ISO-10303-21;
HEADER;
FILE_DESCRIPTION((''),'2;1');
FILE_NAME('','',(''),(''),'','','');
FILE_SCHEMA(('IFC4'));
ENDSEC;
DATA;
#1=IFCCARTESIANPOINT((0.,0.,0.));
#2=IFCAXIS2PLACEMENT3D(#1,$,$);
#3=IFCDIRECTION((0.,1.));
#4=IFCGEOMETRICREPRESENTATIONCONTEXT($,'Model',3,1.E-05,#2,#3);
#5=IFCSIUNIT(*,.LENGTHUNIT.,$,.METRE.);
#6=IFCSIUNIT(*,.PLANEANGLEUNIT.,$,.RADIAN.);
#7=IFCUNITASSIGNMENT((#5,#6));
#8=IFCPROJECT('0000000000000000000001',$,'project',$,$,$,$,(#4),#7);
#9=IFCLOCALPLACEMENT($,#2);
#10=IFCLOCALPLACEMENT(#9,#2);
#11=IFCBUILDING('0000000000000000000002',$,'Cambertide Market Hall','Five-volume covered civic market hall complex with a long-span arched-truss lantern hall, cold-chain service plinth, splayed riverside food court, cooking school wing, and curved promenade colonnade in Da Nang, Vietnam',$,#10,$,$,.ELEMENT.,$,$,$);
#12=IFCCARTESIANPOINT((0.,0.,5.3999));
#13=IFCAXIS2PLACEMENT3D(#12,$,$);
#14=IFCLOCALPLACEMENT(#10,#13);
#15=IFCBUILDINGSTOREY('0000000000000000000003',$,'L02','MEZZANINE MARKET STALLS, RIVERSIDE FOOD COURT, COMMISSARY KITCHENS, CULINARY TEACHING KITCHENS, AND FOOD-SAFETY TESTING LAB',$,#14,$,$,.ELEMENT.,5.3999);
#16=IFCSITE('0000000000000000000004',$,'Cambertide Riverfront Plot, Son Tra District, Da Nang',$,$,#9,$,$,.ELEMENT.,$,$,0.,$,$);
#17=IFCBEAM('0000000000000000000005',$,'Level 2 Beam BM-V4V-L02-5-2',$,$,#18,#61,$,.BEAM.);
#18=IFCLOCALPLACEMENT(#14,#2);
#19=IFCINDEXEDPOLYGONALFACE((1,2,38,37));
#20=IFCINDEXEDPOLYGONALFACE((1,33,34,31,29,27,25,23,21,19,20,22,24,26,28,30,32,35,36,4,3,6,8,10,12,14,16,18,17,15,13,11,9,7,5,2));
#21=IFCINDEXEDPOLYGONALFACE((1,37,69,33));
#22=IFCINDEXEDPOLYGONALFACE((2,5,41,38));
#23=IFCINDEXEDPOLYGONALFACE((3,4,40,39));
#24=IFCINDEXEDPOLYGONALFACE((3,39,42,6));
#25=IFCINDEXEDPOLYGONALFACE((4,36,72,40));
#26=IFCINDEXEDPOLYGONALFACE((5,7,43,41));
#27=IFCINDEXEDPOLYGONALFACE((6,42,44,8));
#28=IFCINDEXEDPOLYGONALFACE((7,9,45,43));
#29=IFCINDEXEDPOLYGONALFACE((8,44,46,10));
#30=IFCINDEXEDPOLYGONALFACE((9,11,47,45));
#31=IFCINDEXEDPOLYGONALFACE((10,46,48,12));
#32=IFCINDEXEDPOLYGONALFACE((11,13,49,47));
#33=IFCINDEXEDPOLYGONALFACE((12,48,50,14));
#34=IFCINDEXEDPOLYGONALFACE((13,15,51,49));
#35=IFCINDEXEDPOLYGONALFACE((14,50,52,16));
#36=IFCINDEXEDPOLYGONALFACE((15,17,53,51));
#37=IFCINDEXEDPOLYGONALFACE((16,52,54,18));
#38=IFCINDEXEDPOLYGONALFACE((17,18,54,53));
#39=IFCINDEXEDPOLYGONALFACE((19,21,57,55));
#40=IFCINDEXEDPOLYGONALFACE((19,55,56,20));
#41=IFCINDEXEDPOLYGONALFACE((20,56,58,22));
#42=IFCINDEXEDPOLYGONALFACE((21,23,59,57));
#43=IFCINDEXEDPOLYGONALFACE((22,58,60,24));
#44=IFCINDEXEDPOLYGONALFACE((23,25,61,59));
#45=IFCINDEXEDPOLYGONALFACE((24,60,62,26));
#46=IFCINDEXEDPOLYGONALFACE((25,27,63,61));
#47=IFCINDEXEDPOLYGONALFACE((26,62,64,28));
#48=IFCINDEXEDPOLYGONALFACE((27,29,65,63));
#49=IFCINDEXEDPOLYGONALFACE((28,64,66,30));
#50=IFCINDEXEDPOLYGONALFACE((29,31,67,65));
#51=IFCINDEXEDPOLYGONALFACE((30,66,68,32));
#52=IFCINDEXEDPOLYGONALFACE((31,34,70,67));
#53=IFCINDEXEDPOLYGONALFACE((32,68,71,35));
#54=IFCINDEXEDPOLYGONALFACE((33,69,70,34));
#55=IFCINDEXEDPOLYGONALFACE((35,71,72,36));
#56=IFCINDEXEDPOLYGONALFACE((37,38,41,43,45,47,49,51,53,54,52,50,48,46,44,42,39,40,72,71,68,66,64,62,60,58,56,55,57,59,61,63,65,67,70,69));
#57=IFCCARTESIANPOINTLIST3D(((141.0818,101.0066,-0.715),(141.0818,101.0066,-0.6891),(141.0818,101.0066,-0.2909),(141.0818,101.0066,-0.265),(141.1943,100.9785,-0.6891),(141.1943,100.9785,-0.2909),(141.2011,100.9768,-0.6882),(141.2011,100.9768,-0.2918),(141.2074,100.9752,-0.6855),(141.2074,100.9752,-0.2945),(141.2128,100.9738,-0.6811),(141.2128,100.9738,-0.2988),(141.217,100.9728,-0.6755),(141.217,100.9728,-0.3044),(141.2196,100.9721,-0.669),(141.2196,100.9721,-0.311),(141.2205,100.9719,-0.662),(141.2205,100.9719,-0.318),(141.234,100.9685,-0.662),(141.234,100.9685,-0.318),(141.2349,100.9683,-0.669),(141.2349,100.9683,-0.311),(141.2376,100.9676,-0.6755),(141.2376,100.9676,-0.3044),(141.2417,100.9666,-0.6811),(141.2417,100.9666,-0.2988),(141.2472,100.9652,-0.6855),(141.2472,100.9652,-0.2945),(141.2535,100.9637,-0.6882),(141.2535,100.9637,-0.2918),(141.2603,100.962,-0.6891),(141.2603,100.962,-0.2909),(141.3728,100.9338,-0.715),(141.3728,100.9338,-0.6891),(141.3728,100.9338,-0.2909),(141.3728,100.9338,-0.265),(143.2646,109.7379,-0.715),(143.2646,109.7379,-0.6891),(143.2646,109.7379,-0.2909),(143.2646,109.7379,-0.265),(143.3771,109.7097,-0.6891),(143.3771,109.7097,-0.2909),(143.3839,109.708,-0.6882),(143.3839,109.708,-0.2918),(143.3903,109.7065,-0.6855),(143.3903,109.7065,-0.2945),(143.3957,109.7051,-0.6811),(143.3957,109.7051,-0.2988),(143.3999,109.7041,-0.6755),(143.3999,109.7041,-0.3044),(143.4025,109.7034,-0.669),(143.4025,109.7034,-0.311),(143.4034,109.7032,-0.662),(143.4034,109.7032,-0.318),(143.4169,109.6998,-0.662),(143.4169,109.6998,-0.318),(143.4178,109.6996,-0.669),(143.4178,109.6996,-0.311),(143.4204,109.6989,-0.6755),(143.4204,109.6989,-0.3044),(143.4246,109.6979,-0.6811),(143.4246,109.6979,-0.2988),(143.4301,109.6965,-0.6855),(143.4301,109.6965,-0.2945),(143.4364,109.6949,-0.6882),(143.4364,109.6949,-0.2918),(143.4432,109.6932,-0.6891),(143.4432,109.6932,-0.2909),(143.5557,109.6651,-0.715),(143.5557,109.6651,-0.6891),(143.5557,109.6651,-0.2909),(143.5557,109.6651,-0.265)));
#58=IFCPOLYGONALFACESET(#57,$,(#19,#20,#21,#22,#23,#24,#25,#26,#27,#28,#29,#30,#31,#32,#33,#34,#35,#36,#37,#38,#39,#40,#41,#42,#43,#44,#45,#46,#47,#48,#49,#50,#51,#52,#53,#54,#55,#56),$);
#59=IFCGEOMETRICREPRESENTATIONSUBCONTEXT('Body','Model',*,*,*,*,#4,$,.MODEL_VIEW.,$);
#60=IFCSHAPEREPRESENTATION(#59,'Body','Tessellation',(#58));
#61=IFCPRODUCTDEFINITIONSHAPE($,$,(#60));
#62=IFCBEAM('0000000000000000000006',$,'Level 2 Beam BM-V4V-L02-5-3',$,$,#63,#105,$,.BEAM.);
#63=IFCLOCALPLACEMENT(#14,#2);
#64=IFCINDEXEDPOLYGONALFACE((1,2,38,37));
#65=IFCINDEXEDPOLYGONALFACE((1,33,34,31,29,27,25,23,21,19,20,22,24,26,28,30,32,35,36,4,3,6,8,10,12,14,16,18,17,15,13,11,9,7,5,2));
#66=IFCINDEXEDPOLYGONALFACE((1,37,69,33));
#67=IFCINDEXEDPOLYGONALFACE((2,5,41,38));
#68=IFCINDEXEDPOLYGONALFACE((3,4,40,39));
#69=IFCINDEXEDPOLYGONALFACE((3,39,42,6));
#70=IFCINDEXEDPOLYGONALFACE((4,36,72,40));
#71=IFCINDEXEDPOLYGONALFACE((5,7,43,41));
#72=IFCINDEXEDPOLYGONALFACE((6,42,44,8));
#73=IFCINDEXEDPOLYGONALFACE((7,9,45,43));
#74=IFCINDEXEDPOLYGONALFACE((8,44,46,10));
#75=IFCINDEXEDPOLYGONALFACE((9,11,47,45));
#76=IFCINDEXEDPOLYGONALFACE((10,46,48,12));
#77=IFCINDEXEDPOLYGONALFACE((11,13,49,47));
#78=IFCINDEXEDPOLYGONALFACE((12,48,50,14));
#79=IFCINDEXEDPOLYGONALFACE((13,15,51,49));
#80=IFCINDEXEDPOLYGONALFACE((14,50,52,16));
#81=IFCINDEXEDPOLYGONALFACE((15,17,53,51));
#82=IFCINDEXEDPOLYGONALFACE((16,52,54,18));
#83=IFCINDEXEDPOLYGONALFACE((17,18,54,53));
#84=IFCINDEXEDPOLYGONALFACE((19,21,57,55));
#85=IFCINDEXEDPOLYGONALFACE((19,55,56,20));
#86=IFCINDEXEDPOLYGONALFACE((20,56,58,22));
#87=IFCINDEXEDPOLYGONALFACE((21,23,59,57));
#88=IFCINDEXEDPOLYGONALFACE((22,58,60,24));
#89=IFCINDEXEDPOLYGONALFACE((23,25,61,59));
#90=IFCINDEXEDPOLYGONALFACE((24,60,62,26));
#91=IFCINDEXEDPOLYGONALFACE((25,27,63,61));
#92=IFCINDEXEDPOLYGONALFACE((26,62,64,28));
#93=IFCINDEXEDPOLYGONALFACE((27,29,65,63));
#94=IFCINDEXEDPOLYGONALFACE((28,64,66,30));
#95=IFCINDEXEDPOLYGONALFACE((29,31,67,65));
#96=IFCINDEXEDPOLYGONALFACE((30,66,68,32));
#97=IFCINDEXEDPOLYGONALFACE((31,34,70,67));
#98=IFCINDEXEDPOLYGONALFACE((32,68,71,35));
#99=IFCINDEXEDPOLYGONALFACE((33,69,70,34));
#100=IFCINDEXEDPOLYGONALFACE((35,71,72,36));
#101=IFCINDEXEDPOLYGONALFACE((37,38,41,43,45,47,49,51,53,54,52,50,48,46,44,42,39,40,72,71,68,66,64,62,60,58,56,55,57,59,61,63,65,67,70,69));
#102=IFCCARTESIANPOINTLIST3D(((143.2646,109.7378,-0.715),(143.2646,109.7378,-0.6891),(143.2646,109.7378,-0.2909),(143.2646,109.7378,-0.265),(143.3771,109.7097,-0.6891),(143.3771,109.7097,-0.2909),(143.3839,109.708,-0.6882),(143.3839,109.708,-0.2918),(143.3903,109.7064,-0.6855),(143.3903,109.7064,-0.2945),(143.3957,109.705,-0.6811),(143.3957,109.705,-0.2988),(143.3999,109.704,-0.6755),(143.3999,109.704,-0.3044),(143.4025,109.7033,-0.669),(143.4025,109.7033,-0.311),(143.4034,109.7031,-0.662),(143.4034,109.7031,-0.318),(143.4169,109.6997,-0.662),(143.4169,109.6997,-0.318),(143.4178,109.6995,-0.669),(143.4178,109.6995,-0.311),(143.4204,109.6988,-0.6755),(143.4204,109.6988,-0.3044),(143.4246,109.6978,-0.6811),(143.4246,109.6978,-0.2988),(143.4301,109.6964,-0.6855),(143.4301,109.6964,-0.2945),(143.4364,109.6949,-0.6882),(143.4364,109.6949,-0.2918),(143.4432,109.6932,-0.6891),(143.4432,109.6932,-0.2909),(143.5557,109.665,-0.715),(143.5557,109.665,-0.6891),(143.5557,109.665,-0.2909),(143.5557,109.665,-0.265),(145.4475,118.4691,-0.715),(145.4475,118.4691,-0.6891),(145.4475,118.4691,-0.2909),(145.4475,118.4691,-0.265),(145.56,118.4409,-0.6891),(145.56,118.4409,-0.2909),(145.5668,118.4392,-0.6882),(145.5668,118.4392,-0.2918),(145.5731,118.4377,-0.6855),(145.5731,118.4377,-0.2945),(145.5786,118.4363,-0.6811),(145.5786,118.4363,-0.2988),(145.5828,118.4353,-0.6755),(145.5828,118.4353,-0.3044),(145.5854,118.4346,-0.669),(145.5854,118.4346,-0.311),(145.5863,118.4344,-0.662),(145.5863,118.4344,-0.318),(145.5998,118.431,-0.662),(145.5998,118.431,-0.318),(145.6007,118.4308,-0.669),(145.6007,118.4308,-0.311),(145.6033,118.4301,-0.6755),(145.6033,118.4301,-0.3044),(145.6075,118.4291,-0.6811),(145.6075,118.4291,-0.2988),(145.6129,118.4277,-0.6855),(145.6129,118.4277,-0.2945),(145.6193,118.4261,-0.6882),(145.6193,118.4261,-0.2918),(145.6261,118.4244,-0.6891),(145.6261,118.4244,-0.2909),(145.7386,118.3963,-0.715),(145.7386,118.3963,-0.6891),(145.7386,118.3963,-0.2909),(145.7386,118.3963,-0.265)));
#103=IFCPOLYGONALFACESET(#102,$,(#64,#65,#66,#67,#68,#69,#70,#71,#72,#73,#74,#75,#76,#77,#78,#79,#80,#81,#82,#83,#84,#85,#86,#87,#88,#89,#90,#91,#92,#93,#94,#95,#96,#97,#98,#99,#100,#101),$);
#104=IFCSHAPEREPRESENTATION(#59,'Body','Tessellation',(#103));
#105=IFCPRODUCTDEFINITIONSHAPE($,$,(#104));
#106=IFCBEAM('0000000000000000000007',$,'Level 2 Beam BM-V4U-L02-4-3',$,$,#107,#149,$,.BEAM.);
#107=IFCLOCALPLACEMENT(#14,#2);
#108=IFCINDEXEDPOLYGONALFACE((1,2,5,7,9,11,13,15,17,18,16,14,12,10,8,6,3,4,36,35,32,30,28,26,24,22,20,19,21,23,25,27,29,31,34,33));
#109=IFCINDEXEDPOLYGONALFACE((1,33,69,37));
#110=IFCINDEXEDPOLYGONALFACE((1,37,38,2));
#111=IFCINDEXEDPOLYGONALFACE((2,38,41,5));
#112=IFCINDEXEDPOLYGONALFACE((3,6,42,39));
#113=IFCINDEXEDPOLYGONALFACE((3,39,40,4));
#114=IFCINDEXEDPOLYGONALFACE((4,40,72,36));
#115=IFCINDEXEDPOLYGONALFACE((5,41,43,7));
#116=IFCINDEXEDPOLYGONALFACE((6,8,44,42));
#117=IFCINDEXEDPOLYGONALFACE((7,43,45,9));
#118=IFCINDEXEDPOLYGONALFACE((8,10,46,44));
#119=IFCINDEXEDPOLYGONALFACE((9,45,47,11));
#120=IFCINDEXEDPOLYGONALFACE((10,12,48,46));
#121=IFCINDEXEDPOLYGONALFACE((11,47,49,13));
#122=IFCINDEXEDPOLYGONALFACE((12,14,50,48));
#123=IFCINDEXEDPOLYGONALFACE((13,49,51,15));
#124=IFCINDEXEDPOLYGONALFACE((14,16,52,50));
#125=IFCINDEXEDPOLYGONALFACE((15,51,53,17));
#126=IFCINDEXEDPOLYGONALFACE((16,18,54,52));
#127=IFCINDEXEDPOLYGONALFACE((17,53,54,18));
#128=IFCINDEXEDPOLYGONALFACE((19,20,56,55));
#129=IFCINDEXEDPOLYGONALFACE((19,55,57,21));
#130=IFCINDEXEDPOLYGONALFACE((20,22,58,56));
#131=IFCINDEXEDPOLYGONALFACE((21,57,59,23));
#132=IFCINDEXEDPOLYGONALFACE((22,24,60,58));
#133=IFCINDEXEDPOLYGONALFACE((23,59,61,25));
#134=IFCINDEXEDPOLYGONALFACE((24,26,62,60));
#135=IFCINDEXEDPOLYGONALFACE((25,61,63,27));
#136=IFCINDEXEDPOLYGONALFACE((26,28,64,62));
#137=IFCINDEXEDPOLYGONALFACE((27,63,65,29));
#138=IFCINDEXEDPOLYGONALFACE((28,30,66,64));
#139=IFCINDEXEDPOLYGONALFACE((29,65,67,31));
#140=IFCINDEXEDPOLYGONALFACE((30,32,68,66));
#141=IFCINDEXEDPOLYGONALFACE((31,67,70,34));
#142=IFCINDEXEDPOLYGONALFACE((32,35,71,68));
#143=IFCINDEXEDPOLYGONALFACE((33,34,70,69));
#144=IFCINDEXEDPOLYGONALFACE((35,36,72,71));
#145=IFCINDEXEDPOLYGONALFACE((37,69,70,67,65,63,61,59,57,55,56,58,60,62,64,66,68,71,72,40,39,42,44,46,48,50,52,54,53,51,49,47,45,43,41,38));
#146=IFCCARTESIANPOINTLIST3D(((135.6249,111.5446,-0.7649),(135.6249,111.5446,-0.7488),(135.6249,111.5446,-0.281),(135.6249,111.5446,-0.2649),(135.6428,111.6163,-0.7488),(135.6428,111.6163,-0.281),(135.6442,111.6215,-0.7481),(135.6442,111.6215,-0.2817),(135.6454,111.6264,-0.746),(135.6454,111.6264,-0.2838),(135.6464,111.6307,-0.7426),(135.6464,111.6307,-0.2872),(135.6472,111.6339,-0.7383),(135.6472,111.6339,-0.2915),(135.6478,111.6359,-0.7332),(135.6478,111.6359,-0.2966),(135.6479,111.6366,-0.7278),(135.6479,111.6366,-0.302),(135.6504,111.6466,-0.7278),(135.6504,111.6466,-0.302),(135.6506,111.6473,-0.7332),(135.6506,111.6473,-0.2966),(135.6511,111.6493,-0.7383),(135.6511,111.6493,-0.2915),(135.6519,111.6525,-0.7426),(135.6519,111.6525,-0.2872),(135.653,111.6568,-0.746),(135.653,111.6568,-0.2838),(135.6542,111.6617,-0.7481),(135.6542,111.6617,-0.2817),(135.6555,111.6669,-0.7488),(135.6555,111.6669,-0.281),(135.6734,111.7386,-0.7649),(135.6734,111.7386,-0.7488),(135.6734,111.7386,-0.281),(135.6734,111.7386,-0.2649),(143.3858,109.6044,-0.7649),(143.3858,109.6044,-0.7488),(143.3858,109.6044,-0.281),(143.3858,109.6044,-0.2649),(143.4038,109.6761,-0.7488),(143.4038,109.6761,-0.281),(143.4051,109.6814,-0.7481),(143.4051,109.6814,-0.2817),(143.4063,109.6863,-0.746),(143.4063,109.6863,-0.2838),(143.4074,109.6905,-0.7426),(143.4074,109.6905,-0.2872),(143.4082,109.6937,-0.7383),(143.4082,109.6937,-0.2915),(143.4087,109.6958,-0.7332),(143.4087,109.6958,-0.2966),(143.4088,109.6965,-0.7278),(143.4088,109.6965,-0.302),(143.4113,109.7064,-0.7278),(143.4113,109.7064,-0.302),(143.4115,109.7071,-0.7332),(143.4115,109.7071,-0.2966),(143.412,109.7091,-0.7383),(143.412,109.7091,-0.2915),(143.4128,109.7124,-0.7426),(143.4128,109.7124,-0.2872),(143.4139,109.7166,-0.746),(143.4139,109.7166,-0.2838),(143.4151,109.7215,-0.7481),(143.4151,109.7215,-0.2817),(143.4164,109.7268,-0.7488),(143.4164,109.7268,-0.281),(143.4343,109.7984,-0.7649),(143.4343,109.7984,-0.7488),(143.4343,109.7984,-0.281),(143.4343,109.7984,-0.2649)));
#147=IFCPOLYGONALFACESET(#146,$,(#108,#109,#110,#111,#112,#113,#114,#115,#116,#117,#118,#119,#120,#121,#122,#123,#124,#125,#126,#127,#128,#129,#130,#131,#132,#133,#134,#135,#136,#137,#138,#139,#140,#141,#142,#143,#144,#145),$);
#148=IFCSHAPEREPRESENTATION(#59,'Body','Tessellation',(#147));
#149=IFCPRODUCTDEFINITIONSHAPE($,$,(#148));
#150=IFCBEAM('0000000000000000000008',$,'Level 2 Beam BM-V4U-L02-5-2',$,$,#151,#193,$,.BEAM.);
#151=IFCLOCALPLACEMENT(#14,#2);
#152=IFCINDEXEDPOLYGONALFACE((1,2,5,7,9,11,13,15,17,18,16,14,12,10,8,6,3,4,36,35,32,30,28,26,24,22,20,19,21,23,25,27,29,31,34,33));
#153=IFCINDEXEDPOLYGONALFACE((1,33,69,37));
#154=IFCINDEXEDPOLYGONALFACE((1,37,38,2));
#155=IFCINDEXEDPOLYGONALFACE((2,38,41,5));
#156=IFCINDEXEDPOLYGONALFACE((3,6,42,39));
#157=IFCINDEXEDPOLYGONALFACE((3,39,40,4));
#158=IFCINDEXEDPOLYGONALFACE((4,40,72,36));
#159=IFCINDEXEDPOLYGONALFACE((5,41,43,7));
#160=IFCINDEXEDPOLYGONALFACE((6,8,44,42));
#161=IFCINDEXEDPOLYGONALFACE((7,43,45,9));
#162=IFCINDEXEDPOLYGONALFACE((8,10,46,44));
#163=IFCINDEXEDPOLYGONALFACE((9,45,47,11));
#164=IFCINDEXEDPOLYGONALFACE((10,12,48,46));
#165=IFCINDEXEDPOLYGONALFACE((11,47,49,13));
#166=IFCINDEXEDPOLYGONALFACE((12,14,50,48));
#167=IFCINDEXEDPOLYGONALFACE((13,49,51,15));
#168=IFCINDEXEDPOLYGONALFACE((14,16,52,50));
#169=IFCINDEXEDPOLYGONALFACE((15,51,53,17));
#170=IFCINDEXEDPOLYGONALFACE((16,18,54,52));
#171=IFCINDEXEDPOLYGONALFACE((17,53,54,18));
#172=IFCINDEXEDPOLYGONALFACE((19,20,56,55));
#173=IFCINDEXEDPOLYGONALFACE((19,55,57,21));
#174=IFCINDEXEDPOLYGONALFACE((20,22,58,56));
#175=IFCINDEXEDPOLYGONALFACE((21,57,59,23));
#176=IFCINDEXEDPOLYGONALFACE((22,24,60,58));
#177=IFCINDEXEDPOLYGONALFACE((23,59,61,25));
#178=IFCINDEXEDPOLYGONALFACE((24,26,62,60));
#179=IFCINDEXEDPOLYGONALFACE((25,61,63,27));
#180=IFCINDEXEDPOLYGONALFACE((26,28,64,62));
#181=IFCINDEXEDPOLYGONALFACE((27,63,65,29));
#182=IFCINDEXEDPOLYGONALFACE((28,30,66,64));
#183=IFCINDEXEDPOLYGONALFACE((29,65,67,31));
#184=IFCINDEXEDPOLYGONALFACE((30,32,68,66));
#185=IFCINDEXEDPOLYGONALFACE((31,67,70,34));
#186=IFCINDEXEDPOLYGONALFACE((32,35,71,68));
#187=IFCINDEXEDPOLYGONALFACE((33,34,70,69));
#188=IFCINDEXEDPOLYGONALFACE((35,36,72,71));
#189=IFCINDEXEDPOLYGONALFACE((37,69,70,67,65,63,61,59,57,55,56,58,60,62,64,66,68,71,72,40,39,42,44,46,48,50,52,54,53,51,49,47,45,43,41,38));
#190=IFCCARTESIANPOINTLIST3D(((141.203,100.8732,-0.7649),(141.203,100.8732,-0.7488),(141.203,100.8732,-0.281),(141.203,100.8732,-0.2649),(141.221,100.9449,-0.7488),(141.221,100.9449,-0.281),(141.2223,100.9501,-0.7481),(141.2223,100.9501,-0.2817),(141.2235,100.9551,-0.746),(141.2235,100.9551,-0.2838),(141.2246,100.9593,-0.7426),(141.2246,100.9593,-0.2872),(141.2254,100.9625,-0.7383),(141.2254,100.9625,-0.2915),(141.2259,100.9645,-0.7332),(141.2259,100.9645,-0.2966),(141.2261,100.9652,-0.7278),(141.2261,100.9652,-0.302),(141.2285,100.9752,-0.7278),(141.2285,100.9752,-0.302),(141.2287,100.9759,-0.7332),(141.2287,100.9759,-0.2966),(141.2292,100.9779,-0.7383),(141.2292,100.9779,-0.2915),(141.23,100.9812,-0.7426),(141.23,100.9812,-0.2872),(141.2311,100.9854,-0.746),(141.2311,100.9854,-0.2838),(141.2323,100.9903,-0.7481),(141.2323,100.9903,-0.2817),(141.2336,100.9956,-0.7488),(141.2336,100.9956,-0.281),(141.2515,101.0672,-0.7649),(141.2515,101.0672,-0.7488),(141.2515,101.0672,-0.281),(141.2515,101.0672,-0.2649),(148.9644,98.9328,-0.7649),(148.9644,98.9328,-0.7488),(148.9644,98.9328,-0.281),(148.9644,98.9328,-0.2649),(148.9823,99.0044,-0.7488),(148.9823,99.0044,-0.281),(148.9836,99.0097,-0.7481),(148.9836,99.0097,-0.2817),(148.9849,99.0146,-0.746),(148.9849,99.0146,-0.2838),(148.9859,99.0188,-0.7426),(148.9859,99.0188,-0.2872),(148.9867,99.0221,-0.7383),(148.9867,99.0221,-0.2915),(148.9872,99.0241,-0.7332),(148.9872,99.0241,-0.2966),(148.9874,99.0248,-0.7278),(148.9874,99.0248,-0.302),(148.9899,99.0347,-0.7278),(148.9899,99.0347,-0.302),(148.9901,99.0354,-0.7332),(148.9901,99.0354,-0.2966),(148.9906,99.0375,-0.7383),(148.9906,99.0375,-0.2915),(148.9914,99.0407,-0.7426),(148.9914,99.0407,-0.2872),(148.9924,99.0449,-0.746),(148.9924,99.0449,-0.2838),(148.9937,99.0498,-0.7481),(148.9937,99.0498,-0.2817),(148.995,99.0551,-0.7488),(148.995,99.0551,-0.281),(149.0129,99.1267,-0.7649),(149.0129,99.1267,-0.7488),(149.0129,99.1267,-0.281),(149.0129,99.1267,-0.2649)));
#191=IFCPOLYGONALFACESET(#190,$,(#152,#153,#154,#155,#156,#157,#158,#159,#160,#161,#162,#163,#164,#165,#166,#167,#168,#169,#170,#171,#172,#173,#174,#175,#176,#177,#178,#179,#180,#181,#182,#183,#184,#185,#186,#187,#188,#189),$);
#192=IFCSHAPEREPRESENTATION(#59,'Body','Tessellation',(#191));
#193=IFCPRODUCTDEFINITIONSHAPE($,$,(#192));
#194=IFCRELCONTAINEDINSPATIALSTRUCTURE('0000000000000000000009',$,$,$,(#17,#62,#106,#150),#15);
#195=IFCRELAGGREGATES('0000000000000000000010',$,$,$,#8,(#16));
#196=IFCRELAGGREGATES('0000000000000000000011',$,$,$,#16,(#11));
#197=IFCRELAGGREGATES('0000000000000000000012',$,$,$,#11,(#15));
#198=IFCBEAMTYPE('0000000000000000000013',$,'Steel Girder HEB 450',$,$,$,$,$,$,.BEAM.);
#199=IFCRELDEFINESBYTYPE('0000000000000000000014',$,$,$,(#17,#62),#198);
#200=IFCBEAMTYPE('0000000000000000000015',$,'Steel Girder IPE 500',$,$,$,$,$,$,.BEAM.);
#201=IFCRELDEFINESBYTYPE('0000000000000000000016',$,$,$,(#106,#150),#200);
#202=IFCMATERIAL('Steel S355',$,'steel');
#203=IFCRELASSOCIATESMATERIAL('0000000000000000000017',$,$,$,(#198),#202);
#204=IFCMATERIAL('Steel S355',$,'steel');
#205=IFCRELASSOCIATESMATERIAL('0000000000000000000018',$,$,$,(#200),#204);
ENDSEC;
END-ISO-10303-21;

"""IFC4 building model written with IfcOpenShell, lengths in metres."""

from ifc_helpers import new_model, si_unit, direction, frame, origin, origin_2d, place, context, subcontext, project, spatial, i_section, extrude, material, material_profile, profile_set, type_object, element, save


model = new_model("IFC4")

# Units and contexts
model_context = context("Model", 3, precision=1e-05, world=origin(), true_north=direction((0.0, 1.0)))
body_context = subcontext(model_context, "Body", "Model", "MODEL_VIEW")
ifc_project = project(units=[si_unit("LENGTHUNIT", "METRE"), si_unit("PLANEANGLEUNIT", "RADIAN")], contexts=[model_context])

# Site, building, storey
site_placement = place(None, origin())
site = spatial("IfcSite", under=ifc_project, at=site_placement, Name="Cambertide Riverfront Plot, Son Tra District, Da Nang", CompositionType="ELEMENT", RefElevation=0.0)
building_placement = place(site_placement, origin())
building = spatial("IfcBuilding", under=site, at=building_placement, Name="Cambertide Market Hall", Description="Five-volume covered civic market hall complex with a long-span arched-truss lantern hall, cold-chain service plinth, splayed riverside food court, cooking school wing, and curved promenade colonnade in Da Nang, Vietnam", CompositionType="ELEMENT")
storey_placement = place(building_placement, frame((0.0, 0.0, 5.3999)))
storey = spatial("IfcBuildingStorey", under=building, at=storey_placement, Name="L02", Description="MEZZANINE MARKET STALLS, RIVERSIDE FOOD COURT, COMMISSARY KITCHENS, CULINARY TEACHING KITCHENS, AND FOOD-SAFETY TESTING LAB", CompositionType="ELEMENT", Elevation=5.3999)

# Beams
ifc_material_1 = material(Name="Steel S355", Category="steel")
ifc_material_profile_1 = material_profile(ifc_material_1, i_section(OverallWidth=0.3, OverallDepth=0.45, WebThickness=0.0139, FlangeThickness=0.0259, FilletRadius=0.0271, at=origin_2d()), Name="HEB 450")
ifc_profile_set_1 = profile_set([ifc_material_profile_1], Name="Steel S355")
beam_type_1 = type_object("IfcBeamType", Name="Steel Girder HEB 450", PredefinedType="BEAM", material=ifc_profile_set_1)
for number, where, z_axis, x_axis, name in (
    (1, (141.2273, 100.9702, -0.49), (0.242542, 0.970141, 0.0), (-0.970141, 0.242542, 0.0), "Level 2 Beam BM-V4V-L02-5-2"),
    (2, (143.4102, 109.7014, -0.49), (0.242542, 0.970141, 0.0), (-0.970141, 0.242542, 0.0), "Level 2 Beam BM-V4V-L02-5-3"),
):
    element("IfcBeam", number, at=place(storey_placement, frame(where, z_axis=z_axis, x_axis=x_axis)), inside=storey, type_object=beam_type_1, Name=name, PredefinedType="BEAM", context=body_context, shape_type="SweptSolid", body=[
        extrude(i_section(OverallWidth=0.3, OverallDepth=0.45, WebThickness=0.0139, FlangeThickness=0.0259, FilletRadius=0.0271, at=origin_2d()), origin(), (0.0, 0.0, 1.0), 9.0),
    ])
ifc_material_2 = material(Name="Steel S355", Category="steel")
ifc_material_profile_2 = material_profile(ifc_material_2, i_section(OverallWidth=0.2, OverallDepth=0.5, WebThickness=0.0103, FlangeThickness=0.0161, FilletRadius=0.021, at=origin_2d()), Name="IPE 500")
ifc_profile_set_2 = profile_set([ifc_material_profile_2], Name="Steel S355")
beam_type_2 = type_object("IfcBeamType", Name="Steel Girder IPE 500", PredefinedType="BEAM", material=ifc_profile_set_2)
beam_1_placement = place(storey_placement, frame((135.6492, 111.6416, -0.5149), z_axis=(0.970144, -0.242528, 0.0), x_axis=(0.242528, 0.970144, 0.0)))
element("IfcBeam", 3, at=beam_1_placement, inside=storey, type_object=beam_type_2, Name="Level 2 Beam BM-V4U-L02-4-3", PredefinedType="BEAM", context=body_context, shape_type="SweptSolid", body=[
    extrude(i_section(OverallWidth=0.2, OverallDepth=0.5, WebThickness=0.0103, FlangeThickness=0.0161, FilletRadius=0.021, at=origin_2d()), origin(), (0.0, 0.0, 1.0), 7.9998),
])
beam_2_placement = place(storey_placement, frame((141.2273, 100.9702, -0.5149), z_axis=(0.970139, -0.24255, 0.0), x_axis=(0.24255, 0.970139, 0.0)))
element("IfcBeam", 4, at=beam_2_placement, inside=storey, type_object=beam_type_2, Name="Level 2 Beam BM-V4U-L02-5-2", PredefinedType="BEAM", context=body_context, shape_type="SweptSolid", body=[
    extrude(i_section(OverallWidth=0.2, OverallDepth=0.5, WebThickness=0.0103, FlangeThickness=0.0161, FilletRadius=0.021, at=origin_2d()), origin(), (0.0, 0.0, 1.0), 8.0002),
])

save(model, "model.ifc")
